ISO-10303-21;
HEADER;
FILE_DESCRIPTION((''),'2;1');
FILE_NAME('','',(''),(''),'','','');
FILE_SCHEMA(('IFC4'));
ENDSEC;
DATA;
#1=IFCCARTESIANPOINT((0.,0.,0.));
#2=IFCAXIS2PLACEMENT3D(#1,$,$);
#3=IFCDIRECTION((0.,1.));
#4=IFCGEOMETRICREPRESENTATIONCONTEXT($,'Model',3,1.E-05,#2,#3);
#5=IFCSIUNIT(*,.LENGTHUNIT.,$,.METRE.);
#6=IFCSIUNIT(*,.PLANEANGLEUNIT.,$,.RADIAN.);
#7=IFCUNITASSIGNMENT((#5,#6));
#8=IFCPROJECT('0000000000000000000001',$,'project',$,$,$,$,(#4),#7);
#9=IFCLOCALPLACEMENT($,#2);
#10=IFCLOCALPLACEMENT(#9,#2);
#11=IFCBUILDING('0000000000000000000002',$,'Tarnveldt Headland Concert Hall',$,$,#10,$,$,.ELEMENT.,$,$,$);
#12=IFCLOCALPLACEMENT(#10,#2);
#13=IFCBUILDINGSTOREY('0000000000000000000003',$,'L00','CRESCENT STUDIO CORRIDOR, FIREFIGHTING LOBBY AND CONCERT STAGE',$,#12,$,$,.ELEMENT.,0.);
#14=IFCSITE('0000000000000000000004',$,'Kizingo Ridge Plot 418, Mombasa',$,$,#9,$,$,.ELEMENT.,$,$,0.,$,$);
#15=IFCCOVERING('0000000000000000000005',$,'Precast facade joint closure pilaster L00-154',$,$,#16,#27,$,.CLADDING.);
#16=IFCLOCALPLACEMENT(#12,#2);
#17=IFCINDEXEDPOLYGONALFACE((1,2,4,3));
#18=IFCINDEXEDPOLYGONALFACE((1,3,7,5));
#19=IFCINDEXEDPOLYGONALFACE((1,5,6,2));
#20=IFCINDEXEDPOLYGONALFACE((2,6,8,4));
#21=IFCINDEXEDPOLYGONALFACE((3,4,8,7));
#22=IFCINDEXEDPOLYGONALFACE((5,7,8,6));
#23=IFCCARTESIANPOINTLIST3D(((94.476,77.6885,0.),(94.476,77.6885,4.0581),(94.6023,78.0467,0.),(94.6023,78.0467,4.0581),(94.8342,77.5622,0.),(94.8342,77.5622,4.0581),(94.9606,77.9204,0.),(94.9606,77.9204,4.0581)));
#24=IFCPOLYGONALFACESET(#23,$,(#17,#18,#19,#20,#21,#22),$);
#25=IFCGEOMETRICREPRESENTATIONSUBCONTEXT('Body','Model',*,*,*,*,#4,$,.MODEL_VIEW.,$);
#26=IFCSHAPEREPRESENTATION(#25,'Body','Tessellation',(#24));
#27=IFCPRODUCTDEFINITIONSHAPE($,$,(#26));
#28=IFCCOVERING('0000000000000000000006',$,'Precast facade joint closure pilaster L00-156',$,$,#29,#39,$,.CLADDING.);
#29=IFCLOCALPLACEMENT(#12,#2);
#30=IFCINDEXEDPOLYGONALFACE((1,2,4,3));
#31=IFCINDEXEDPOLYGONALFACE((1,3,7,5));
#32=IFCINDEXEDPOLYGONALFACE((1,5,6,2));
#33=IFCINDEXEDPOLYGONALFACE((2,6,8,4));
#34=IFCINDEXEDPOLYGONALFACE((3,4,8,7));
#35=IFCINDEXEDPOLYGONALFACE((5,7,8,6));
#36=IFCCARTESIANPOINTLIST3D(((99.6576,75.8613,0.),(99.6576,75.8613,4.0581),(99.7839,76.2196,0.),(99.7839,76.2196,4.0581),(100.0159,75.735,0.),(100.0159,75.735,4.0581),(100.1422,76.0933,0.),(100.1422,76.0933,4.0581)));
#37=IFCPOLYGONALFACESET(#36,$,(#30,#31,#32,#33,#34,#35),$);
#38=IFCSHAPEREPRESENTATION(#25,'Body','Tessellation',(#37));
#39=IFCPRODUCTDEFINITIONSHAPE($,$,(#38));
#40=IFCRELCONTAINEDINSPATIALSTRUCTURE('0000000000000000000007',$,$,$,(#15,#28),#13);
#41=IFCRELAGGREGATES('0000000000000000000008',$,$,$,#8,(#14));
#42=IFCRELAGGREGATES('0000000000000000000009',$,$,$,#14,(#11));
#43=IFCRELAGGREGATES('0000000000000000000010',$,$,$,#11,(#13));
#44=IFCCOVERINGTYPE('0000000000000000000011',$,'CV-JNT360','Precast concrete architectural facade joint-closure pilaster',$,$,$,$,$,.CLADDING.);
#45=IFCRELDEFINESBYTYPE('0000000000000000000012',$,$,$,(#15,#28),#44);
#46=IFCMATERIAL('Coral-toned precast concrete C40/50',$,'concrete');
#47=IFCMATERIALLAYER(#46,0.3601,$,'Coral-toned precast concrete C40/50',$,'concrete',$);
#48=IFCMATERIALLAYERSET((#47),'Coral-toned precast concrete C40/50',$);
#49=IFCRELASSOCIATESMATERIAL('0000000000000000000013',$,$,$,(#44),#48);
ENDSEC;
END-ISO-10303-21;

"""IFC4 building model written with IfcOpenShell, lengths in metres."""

from ifc_helpers import new_model, si_unit, direction, frame, origin, origin_2d, place, context, subcontext, project, spatial, rectangle, extrude, material, layer, layer_set, type_object, element, save


model = new_model("IFC4")

# Units and contexts
model_context = context("Model", 3, precision=1e-05, world=origin(), true_north=direction((0.0, 1.0)))
body_context = subcontext(model_context, "Body", "Model", "MODEL_VIEW")
ifc_project = project(units=[si_unit("LENGTHUNIT", "METRE"), si_unit("PLANEANGLEUNIT", "RADIAN")], contexts=[model_context])

# Site, building, storey
site_placement = place(None, origin())
site = spatial("IfcSite", under=ifc_project, at=site_placement, Name="Kizingo Ridge Plot 418, Mombasa", CompositionType="ELEMENT", RefElevation=0.0)
building_placement = place(site_placement, origin())
building = spatial("IfcBuilding", under=site, at=building_placement, Name="Tarnveldt Headland Concert Hall", CompositionType="ELEMENT")
storey_placement = place(building_placement, origin())
storey = spatial("IfcBuildingStorey", under=building, at=storey_placement, Name="L00", Description="CRESCENT STUDIO CORRIDOR, FIREFIGHTING LOBBY AND CONCERT STAGE", CompositionType="ELEMENT", Elevation=0.0)

# Shared definitions
ifc_material_1 = material(Name="Coral-toned precast concrete C40/50", Category="concrete")

# Coverings
ifc_layer_1 = layer(ifc_material_1, 0.3601, Name="Coral-toned precast concrete C40/50", Category="concrete")
ifc_layer_set_1 = layer_set([ifc_layer_1], Name="Coral-toned precast concrete C40/50")
covering_type_1 = type_object("IfcCoveringType", Name="CV-JNT360", Description="Precast concrete architectural facade joint-closure pilaster", PredefinedType="CLADDING", material=ifc_layer_set_1)
for number, where, z_axis, x_axis, name in (
    (1, (94.7183, 77.8044, 0.0), (0.0, 0.0, 1.0), (0.943107, -0.33249, 0.0), "Precast facade joint closure pilaster L00-154"),
    (2, (99.8999, 75.9773, 0.0), (0.0, 0.0, 1.0), (0.943107, -0.33249, 0.0), "Precast facade joint closure pilaster L00-156"),
):
    element("IfcCovering", number, at=place(storey_placement, frame(where, z_axis=z_axis, x_axis=x_axis)), inside=storey, type_object=covering_type_1, Name=name, PredefinedType="CLADDING", context=body_context, shape_type="SweptSolid", body=[
        extrude(rectangle(XDim=0.3799, YDim=0.3799, at=origin_2d()), origin(), (0.0, 0.0, 1.0), 4.0581),
    ])

save(model, "model.ifc")
